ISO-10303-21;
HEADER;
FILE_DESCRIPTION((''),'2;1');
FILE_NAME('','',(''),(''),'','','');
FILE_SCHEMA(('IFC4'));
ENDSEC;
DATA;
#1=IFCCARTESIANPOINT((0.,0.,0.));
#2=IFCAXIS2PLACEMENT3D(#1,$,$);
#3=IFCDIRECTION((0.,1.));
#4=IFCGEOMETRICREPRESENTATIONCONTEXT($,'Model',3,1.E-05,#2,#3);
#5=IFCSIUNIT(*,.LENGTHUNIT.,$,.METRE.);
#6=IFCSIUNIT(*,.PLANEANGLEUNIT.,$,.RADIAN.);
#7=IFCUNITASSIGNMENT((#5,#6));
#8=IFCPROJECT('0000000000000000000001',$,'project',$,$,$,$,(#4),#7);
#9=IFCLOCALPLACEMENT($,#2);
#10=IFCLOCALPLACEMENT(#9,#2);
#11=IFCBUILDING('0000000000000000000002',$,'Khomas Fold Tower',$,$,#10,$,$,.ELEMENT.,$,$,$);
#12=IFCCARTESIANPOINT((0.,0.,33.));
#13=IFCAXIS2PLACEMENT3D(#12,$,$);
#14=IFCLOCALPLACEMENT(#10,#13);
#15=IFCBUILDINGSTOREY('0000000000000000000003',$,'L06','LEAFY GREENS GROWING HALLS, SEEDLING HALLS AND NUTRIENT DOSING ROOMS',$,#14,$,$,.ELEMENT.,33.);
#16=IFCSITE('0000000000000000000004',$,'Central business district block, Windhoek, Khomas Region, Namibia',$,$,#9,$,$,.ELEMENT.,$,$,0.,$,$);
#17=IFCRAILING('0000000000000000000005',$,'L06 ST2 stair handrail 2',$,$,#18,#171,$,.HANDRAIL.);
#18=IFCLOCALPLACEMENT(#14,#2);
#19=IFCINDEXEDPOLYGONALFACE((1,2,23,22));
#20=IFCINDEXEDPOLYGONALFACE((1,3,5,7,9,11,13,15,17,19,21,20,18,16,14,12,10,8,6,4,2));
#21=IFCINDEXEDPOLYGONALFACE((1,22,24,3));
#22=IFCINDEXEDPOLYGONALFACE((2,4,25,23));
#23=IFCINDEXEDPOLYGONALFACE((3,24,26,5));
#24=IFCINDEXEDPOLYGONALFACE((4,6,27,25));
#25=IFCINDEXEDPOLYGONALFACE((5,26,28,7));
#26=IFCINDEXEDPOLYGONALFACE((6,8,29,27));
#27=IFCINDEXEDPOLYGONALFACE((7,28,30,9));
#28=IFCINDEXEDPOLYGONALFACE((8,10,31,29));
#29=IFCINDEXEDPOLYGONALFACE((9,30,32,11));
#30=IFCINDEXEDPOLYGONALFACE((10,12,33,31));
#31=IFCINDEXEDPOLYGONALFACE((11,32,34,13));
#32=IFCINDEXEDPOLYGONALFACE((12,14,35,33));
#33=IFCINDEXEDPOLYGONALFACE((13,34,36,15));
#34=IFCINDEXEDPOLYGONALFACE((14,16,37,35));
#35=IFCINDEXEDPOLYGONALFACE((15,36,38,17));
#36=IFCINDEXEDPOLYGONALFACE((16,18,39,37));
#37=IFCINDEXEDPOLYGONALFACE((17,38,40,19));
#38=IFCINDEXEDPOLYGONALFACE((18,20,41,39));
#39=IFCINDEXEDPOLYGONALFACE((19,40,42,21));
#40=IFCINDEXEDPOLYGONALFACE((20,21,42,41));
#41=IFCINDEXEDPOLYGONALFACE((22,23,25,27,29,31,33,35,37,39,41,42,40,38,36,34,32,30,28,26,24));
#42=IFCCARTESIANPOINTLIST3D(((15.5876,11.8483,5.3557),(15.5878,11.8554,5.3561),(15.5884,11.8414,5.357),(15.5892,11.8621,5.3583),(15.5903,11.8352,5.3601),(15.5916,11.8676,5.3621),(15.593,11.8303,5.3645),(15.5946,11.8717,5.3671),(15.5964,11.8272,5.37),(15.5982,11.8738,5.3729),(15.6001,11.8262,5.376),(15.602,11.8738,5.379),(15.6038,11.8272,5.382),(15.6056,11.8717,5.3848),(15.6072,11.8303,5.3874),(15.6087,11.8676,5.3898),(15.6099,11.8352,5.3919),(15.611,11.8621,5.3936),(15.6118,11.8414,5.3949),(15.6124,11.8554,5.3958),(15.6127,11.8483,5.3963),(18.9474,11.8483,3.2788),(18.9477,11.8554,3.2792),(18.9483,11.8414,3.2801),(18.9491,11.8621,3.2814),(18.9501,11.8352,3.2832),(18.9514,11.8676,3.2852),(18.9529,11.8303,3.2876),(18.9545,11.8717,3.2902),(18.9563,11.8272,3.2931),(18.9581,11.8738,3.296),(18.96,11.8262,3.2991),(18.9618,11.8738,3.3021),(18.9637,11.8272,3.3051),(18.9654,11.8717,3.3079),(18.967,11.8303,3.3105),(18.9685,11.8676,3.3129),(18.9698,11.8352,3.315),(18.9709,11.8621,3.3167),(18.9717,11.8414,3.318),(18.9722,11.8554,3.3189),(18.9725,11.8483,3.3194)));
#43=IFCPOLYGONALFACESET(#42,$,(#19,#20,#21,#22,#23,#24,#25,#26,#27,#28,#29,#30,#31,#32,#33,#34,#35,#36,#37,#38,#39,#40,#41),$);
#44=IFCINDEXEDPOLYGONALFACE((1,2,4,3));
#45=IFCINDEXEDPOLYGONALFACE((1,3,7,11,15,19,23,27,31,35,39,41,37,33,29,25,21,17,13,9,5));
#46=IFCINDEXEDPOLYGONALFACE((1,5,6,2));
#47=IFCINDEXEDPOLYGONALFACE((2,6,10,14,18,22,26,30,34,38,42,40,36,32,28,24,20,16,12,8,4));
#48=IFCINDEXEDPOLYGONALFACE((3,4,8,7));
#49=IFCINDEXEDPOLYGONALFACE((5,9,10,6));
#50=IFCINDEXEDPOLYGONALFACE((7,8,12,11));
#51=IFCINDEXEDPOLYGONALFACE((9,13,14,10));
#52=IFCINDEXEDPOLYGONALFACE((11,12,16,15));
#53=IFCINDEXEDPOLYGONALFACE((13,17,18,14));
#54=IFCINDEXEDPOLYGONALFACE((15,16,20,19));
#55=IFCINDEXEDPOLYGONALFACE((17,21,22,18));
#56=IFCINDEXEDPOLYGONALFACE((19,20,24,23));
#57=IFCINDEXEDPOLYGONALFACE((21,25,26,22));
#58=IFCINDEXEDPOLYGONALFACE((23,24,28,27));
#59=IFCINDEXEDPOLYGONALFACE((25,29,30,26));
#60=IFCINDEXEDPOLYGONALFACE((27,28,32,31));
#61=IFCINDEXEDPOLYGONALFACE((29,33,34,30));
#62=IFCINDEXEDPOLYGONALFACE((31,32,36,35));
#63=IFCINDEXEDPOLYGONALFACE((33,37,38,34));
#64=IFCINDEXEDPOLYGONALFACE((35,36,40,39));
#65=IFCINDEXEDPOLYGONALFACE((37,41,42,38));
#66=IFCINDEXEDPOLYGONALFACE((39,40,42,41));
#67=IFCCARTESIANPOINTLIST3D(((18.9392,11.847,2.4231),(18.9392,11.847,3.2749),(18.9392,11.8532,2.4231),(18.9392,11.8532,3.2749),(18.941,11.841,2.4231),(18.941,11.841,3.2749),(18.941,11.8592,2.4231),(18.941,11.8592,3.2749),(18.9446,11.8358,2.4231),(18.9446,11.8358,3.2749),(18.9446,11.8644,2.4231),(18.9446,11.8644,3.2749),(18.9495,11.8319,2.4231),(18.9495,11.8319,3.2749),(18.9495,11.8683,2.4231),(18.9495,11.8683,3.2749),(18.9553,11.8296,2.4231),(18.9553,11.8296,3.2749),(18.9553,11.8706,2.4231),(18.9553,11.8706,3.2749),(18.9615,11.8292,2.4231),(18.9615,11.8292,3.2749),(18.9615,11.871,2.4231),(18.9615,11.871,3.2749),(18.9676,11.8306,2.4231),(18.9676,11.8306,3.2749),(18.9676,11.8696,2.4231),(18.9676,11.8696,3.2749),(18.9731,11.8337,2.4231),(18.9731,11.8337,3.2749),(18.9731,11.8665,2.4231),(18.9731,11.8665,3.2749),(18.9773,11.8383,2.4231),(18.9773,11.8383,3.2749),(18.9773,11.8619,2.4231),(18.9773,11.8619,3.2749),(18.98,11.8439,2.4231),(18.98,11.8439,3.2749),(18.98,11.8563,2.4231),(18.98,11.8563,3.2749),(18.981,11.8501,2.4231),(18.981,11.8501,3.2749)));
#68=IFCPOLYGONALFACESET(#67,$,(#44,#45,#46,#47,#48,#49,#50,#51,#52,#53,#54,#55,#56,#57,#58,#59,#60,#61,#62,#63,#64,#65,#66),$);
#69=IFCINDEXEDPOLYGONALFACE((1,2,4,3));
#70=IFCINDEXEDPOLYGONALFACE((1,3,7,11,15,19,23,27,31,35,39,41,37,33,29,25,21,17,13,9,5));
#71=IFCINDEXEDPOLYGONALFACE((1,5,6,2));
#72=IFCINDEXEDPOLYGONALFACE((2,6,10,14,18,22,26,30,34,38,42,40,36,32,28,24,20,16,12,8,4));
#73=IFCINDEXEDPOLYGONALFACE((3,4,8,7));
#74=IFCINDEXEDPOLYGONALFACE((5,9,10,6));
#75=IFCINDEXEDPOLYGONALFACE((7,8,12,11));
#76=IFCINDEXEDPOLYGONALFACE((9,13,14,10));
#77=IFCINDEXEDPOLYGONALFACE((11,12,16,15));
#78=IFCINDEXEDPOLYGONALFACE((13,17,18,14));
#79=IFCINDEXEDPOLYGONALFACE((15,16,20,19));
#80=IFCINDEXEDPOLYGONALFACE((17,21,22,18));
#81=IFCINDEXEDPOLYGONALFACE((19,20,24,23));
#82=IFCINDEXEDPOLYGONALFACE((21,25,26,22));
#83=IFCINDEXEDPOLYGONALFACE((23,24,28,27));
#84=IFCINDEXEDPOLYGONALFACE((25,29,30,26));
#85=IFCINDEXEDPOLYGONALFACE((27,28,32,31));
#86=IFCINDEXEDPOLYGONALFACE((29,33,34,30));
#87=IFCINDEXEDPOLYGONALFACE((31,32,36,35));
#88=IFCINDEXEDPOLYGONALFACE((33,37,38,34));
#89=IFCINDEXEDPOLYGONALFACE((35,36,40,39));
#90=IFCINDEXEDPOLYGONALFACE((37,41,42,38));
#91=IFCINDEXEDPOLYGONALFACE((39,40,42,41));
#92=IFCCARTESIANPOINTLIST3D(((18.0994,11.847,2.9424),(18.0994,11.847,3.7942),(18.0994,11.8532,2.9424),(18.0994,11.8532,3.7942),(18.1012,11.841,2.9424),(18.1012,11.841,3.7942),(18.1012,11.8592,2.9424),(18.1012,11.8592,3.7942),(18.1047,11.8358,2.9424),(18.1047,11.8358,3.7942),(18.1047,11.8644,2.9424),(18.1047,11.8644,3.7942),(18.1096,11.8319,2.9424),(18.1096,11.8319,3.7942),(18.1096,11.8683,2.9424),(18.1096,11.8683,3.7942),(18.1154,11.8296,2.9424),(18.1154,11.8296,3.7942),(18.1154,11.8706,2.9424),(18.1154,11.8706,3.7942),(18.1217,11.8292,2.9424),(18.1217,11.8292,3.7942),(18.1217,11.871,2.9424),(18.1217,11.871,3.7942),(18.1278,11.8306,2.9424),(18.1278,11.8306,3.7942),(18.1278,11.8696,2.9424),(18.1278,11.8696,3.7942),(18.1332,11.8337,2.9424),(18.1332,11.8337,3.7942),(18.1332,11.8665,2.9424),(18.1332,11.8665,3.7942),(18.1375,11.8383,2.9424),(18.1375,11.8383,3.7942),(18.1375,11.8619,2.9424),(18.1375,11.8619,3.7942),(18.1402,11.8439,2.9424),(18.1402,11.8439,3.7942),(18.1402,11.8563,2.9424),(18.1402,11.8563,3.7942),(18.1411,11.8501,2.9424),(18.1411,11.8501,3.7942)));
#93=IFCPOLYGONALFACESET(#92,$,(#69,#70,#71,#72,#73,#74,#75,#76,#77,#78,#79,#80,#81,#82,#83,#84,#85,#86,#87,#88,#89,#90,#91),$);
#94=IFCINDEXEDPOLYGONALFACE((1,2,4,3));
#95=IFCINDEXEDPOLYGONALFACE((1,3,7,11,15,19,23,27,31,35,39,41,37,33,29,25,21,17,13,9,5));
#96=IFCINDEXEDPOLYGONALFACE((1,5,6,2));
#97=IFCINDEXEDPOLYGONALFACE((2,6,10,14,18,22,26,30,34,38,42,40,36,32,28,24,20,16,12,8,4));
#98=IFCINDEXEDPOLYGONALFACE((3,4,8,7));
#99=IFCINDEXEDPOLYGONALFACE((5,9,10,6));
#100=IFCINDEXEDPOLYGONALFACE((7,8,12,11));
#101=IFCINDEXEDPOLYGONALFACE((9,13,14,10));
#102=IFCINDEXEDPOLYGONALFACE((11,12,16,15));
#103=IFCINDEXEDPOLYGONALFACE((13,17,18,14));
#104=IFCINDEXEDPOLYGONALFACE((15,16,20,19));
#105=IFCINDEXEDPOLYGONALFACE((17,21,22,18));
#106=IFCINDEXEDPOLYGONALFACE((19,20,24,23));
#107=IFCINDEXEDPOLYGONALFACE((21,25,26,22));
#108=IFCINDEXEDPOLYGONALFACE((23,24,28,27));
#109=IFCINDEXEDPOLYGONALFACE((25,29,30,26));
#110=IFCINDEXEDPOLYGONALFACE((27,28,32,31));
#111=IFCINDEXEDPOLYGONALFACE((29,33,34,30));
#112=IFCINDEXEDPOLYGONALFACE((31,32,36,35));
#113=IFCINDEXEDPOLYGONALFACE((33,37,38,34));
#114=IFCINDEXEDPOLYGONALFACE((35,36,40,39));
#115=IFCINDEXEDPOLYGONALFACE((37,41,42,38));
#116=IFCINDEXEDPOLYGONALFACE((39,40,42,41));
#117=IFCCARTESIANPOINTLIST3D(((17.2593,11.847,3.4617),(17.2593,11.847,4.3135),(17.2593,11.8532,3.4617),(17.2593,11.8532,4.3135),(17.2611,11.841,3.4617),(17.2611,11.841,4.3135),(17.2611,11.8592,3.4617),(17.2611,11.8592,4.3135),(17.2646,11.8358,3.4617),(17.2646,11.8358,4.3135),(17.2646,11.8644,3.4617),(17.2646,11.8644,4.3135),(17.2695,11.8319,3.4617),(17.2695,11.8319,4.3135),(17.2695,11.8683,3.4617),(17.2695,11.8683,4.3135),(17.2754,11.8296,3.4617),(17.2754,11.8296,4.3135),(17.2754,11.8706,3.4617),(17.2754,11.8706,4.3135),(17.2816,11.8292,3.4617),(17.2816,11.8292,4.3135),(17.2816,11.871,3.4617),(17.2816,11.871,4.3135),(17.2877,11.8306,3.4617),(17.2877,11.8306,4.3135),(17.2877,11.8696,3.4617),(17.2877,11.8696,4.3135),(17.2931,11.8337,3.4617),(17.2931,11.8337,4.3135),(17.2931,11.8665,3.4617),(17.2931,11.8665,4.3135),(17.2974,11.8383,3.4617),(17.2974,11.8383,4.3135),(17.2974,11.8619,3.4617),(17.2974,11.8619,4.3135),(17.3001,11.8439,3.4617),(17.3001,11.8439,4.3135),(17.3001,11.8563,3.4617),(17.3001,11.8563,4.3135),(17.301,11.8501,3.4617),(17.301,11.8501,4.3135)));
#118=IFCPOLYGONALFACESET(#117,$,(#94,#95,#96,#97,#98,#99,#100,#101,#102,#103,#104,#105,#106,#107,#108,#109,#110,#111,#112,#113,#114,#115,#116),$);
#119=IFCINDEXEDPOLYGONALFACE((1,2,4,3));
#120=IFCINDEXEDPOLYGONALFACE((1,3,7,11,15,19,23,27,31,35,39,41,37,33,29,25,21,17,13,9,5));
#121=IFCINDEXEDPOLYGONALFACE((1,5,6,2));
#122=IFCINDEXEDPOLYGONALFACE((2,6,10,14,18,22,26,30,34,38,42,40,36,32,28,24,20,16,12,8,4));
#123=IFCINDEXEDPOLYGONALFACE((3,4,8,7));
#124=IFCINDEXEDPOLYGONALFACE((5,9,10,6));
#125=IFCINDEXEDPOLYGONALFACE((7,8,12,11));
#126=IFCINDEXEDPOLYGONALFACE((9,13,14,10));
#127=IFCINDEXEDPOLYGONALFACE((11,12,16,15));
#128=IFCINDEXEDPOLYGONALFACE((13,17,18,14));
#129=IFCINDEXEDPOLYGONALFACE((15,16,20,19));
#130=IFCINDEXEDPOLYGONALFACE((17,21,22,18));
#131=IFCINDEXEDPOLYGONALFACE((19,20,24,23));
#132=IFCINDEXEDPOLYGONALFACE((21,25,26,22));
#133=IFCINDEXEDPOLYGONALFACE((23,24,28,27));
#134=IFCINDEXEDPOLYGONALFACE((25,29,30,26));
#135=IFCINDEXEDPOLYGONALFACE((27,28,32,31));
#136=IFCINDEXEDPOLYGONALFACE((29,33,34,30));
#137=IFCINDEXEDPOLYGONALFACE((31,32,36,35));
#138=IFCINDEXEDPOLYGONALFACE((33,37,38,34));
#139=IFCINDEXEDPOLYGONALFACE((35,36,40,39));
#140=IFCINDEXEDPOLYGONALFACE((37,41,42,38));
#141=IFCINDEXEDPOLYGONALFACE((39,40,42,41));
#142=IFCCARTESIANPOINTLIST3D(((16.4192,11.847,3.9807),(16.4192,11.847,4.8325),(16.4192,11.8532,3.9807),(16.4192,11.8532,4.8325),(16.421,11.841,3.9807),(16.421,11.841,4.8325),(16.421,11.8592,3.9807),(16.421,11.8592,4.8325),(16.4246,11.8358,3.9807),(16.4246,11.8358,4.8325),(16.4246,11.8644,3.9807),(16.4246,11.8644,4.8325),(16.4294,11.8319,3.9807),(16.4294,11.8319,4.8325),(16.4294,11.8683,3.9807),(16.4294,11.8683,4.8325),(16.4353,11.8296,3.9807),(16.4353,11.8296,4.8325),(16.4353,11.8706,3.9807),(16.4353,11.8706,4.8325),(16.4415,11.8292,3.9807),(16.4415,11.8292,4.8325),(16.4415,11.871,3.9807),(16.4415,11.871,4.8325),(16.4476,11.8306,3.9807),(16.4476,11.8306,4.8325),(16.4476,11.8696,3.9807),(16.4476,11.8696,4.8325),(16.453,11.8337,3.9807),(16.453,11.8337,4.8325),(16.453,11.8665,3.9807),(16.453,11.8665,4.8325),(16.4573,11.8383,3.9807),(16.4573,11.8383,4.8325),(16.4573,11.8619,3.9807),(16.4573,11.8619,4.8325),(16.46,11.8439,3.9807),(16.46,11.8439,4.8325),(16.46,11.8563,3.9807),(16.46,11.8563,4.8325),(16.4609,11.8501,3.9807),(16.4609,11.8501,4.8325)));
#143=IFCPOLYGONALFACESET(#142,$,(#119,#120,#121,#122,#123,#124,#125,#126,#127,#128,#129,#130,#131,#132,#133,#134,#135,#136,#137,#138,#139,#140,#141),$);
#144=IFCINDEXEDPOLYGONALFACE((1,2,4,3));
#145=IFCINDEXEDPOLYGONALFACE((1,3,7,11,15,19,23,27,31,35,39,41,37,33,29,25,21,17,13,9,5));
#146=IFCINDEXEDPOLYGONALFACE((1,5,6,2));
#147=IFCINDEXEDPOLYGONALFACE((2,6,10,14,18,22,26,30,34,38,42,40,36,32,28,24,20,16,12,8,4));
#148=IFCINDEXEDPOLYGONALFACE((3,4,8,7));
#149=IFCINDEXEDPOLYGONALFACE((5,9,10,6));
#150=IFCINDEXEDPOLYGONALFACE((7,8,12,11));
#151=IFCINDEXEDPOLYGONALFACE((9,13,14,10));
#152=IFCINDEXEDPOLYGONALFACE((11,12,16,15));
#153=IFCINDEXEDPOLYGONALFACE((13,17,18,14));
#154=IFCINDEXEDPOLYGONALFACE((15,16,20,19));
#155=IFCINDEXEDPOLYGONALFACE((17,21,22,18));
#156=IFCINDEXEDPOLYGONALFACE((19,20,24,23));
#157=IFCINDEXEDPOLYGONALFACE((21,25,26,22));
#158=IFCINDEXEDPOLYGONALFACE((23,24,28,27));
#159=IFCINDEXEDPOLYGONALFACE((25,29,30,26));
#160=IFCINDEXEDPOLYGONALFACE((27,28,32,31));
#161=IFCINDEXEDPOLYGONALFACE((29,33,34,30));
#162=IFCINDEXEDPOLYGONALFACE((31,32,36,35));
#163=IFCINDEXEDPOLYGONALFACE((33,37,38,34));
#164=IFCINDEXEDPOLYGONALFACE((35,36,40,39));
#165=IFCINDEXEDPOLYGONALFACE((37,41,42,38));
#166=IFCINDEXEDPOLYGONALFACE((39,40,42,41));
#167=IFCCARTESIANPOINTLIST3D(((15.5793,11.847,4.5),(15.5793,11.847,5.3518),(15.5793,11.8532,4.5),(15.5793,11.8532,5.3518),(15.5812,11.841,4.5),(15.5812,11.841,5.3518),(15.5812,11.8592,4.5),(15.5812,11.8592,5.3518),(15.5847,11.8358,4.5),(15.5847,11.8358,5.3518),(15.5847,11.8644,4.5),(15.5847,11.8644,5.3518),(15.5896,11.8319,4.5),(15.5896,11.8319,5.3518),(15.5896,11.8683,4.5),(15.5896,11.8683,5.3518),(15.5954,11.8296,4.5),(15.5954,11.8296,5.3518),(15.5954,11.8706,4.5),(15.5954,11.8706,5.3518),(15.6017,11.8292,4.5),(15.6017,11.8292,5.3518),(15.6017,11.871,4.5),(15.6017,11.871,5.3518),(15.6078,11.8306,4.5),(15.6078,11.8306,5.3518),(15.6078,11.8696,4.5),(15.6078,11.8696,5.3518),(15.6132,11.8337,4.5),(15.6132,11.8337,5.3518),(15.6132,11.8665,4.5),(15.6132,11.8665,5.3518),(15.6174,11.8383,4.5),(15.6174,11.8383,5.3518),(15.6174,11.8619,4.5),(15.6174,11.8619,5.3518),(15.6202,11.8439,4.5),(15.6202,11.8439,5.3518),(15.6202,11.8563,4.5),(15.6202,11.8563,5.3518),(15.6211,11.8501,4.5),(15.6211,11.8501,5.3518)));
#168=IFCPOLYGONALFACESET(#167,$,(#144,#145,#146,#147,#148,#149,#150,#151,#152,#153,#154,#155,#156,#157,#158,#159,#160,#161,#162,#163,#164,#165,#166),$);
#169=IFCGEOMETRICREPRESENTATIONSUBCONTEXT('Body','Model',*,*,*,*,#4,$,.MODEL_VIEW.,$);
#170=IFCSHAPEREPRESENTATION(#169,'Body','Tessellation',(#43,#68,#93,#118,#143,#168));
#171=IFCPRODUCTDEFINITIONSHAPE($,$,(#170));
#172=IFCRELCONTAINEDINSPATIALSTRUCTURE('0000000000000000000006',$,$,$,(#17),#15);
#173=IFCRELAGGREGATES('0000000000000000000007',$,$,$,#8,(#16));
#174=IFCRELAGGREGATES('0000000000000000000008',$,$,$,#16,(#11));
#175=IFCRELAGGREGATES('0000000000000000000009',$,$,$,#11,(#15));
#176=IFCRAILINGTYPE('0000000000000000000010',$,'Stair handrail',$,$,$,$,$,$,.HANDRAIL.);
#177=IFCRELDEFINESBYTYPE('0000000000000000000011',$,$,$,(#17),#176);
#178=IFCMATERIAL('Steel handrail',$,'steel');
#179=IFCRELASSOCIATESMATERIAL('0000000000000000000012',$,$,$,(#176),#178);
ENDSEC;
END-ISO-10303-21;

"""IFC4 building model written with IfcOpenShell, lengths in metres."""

from ifc_helpers import new_model, si_unit, direction, frame, origin, origin_2d, place, context, subcontext, project, spatial, circle, extrude, source, transform, mapped, material, type_object, element, save


model = new_model("IFC4")

# Units and contexts
model_context = context("Model", 3, precision=1e-05, world=origin(), true_north=direction((0.0, 1.0)))
body_context = subcontext(model_context, "Body", "Model", "MODEL_VIEW")
ifc_project = project(units=[si_unit("LENGTHUNIT", "METRE"), si_unit("PLANEANGLEUNIT", "RADIAN")], contexts=[model_context])

# Site, building, storey
site_placement = place(None, origin())
site = spatial("IfcSite", under=ifc_project, at=site_placement, Name="Central business district block, Windhoek, Khomas Region, Namibia", CompositionType="ELEMENT", RefElevation=0.0)
building_placement = place(site_placement, origin())
building = spatial("IfcBuilding", under=site, at=building_placement, Name="Khomas Fold Tower", CompositionType="ELEMENT")
storey_placement = place(building_placement, frame((0.0, 0.0, 33.0)))
storey = spatial("IfcBuildingStorey", under=building, at=storey_placement, Name="L06", Description="LEAFY GREENS GROWING HALLS, SEEDLING HALLS AND NUTRIENT DOSING ROOMS", CompositionType="ELEMENT", Elevation=33.0)

# Railing
ifc_material_1 = material(Name="Steel handrail", Category="steel")
railing_type_1 = type_object("IfcRailingType", Name="Stair handrail", PredefinedType="HANDRAIL", material=ifc_material_1)
shared_shape_1 = source(origin(), body_context, "Body", "SweptSolid", [
    extrude(circle(Radius=0.0239, at=origin_2d()), frame((0.0, 0.0, 0.876), z_axis=(-0.850606, 0.0, 0.525803), x_axis=(0.0, -1.0, 0.0)), (0.0, 0.0, 1.0), 3.95),
    extrude(circle(Radius=0.021, at=origin_2d()), origin(), (0.0, 0.0, 1.0), 0.8518),
    extrude(circle(Radius=0.021, at=origin_2d()), frame((-0.8398, 0.0, 0.5193)), (0.0, 0.0, 1.0), 0.8518),
    extrude(circle(Radius=0.021, at=origin_2d()), frame((-1.6799, 0.0, 1.0386)), (0.0, 0.0, 1.0), 0.8518),
    extrude(circle(Radius=0.021, at=origin_2d()), frame((-2.52, 0.0, 1.5576)), (0.0, 0.0, 1.0), 0.8518),
    extrude(circle(Radius=0.021, at=origin_2d()), frame((-3.3599, 0.0, 2.0769)), (0.0, 0.0, 1.0), 0.8518),
])
railing_1_placement = place(storey_placement, frame((18.96, 11.8501, 2.4231)))
element("IfcRailing", 1, at=railing_1_placement, inside=storey, type_object=railing_type_1, Name="L06 ST2 stair handrail 2", PredefinedType="HANDRAIL", context=body_context, shape_type="MappedRepresentation", body=[
    mapped(shared_shape_1, transform((0.0, 0.0, 0.0))),
])

save(model, "model.ifc")
